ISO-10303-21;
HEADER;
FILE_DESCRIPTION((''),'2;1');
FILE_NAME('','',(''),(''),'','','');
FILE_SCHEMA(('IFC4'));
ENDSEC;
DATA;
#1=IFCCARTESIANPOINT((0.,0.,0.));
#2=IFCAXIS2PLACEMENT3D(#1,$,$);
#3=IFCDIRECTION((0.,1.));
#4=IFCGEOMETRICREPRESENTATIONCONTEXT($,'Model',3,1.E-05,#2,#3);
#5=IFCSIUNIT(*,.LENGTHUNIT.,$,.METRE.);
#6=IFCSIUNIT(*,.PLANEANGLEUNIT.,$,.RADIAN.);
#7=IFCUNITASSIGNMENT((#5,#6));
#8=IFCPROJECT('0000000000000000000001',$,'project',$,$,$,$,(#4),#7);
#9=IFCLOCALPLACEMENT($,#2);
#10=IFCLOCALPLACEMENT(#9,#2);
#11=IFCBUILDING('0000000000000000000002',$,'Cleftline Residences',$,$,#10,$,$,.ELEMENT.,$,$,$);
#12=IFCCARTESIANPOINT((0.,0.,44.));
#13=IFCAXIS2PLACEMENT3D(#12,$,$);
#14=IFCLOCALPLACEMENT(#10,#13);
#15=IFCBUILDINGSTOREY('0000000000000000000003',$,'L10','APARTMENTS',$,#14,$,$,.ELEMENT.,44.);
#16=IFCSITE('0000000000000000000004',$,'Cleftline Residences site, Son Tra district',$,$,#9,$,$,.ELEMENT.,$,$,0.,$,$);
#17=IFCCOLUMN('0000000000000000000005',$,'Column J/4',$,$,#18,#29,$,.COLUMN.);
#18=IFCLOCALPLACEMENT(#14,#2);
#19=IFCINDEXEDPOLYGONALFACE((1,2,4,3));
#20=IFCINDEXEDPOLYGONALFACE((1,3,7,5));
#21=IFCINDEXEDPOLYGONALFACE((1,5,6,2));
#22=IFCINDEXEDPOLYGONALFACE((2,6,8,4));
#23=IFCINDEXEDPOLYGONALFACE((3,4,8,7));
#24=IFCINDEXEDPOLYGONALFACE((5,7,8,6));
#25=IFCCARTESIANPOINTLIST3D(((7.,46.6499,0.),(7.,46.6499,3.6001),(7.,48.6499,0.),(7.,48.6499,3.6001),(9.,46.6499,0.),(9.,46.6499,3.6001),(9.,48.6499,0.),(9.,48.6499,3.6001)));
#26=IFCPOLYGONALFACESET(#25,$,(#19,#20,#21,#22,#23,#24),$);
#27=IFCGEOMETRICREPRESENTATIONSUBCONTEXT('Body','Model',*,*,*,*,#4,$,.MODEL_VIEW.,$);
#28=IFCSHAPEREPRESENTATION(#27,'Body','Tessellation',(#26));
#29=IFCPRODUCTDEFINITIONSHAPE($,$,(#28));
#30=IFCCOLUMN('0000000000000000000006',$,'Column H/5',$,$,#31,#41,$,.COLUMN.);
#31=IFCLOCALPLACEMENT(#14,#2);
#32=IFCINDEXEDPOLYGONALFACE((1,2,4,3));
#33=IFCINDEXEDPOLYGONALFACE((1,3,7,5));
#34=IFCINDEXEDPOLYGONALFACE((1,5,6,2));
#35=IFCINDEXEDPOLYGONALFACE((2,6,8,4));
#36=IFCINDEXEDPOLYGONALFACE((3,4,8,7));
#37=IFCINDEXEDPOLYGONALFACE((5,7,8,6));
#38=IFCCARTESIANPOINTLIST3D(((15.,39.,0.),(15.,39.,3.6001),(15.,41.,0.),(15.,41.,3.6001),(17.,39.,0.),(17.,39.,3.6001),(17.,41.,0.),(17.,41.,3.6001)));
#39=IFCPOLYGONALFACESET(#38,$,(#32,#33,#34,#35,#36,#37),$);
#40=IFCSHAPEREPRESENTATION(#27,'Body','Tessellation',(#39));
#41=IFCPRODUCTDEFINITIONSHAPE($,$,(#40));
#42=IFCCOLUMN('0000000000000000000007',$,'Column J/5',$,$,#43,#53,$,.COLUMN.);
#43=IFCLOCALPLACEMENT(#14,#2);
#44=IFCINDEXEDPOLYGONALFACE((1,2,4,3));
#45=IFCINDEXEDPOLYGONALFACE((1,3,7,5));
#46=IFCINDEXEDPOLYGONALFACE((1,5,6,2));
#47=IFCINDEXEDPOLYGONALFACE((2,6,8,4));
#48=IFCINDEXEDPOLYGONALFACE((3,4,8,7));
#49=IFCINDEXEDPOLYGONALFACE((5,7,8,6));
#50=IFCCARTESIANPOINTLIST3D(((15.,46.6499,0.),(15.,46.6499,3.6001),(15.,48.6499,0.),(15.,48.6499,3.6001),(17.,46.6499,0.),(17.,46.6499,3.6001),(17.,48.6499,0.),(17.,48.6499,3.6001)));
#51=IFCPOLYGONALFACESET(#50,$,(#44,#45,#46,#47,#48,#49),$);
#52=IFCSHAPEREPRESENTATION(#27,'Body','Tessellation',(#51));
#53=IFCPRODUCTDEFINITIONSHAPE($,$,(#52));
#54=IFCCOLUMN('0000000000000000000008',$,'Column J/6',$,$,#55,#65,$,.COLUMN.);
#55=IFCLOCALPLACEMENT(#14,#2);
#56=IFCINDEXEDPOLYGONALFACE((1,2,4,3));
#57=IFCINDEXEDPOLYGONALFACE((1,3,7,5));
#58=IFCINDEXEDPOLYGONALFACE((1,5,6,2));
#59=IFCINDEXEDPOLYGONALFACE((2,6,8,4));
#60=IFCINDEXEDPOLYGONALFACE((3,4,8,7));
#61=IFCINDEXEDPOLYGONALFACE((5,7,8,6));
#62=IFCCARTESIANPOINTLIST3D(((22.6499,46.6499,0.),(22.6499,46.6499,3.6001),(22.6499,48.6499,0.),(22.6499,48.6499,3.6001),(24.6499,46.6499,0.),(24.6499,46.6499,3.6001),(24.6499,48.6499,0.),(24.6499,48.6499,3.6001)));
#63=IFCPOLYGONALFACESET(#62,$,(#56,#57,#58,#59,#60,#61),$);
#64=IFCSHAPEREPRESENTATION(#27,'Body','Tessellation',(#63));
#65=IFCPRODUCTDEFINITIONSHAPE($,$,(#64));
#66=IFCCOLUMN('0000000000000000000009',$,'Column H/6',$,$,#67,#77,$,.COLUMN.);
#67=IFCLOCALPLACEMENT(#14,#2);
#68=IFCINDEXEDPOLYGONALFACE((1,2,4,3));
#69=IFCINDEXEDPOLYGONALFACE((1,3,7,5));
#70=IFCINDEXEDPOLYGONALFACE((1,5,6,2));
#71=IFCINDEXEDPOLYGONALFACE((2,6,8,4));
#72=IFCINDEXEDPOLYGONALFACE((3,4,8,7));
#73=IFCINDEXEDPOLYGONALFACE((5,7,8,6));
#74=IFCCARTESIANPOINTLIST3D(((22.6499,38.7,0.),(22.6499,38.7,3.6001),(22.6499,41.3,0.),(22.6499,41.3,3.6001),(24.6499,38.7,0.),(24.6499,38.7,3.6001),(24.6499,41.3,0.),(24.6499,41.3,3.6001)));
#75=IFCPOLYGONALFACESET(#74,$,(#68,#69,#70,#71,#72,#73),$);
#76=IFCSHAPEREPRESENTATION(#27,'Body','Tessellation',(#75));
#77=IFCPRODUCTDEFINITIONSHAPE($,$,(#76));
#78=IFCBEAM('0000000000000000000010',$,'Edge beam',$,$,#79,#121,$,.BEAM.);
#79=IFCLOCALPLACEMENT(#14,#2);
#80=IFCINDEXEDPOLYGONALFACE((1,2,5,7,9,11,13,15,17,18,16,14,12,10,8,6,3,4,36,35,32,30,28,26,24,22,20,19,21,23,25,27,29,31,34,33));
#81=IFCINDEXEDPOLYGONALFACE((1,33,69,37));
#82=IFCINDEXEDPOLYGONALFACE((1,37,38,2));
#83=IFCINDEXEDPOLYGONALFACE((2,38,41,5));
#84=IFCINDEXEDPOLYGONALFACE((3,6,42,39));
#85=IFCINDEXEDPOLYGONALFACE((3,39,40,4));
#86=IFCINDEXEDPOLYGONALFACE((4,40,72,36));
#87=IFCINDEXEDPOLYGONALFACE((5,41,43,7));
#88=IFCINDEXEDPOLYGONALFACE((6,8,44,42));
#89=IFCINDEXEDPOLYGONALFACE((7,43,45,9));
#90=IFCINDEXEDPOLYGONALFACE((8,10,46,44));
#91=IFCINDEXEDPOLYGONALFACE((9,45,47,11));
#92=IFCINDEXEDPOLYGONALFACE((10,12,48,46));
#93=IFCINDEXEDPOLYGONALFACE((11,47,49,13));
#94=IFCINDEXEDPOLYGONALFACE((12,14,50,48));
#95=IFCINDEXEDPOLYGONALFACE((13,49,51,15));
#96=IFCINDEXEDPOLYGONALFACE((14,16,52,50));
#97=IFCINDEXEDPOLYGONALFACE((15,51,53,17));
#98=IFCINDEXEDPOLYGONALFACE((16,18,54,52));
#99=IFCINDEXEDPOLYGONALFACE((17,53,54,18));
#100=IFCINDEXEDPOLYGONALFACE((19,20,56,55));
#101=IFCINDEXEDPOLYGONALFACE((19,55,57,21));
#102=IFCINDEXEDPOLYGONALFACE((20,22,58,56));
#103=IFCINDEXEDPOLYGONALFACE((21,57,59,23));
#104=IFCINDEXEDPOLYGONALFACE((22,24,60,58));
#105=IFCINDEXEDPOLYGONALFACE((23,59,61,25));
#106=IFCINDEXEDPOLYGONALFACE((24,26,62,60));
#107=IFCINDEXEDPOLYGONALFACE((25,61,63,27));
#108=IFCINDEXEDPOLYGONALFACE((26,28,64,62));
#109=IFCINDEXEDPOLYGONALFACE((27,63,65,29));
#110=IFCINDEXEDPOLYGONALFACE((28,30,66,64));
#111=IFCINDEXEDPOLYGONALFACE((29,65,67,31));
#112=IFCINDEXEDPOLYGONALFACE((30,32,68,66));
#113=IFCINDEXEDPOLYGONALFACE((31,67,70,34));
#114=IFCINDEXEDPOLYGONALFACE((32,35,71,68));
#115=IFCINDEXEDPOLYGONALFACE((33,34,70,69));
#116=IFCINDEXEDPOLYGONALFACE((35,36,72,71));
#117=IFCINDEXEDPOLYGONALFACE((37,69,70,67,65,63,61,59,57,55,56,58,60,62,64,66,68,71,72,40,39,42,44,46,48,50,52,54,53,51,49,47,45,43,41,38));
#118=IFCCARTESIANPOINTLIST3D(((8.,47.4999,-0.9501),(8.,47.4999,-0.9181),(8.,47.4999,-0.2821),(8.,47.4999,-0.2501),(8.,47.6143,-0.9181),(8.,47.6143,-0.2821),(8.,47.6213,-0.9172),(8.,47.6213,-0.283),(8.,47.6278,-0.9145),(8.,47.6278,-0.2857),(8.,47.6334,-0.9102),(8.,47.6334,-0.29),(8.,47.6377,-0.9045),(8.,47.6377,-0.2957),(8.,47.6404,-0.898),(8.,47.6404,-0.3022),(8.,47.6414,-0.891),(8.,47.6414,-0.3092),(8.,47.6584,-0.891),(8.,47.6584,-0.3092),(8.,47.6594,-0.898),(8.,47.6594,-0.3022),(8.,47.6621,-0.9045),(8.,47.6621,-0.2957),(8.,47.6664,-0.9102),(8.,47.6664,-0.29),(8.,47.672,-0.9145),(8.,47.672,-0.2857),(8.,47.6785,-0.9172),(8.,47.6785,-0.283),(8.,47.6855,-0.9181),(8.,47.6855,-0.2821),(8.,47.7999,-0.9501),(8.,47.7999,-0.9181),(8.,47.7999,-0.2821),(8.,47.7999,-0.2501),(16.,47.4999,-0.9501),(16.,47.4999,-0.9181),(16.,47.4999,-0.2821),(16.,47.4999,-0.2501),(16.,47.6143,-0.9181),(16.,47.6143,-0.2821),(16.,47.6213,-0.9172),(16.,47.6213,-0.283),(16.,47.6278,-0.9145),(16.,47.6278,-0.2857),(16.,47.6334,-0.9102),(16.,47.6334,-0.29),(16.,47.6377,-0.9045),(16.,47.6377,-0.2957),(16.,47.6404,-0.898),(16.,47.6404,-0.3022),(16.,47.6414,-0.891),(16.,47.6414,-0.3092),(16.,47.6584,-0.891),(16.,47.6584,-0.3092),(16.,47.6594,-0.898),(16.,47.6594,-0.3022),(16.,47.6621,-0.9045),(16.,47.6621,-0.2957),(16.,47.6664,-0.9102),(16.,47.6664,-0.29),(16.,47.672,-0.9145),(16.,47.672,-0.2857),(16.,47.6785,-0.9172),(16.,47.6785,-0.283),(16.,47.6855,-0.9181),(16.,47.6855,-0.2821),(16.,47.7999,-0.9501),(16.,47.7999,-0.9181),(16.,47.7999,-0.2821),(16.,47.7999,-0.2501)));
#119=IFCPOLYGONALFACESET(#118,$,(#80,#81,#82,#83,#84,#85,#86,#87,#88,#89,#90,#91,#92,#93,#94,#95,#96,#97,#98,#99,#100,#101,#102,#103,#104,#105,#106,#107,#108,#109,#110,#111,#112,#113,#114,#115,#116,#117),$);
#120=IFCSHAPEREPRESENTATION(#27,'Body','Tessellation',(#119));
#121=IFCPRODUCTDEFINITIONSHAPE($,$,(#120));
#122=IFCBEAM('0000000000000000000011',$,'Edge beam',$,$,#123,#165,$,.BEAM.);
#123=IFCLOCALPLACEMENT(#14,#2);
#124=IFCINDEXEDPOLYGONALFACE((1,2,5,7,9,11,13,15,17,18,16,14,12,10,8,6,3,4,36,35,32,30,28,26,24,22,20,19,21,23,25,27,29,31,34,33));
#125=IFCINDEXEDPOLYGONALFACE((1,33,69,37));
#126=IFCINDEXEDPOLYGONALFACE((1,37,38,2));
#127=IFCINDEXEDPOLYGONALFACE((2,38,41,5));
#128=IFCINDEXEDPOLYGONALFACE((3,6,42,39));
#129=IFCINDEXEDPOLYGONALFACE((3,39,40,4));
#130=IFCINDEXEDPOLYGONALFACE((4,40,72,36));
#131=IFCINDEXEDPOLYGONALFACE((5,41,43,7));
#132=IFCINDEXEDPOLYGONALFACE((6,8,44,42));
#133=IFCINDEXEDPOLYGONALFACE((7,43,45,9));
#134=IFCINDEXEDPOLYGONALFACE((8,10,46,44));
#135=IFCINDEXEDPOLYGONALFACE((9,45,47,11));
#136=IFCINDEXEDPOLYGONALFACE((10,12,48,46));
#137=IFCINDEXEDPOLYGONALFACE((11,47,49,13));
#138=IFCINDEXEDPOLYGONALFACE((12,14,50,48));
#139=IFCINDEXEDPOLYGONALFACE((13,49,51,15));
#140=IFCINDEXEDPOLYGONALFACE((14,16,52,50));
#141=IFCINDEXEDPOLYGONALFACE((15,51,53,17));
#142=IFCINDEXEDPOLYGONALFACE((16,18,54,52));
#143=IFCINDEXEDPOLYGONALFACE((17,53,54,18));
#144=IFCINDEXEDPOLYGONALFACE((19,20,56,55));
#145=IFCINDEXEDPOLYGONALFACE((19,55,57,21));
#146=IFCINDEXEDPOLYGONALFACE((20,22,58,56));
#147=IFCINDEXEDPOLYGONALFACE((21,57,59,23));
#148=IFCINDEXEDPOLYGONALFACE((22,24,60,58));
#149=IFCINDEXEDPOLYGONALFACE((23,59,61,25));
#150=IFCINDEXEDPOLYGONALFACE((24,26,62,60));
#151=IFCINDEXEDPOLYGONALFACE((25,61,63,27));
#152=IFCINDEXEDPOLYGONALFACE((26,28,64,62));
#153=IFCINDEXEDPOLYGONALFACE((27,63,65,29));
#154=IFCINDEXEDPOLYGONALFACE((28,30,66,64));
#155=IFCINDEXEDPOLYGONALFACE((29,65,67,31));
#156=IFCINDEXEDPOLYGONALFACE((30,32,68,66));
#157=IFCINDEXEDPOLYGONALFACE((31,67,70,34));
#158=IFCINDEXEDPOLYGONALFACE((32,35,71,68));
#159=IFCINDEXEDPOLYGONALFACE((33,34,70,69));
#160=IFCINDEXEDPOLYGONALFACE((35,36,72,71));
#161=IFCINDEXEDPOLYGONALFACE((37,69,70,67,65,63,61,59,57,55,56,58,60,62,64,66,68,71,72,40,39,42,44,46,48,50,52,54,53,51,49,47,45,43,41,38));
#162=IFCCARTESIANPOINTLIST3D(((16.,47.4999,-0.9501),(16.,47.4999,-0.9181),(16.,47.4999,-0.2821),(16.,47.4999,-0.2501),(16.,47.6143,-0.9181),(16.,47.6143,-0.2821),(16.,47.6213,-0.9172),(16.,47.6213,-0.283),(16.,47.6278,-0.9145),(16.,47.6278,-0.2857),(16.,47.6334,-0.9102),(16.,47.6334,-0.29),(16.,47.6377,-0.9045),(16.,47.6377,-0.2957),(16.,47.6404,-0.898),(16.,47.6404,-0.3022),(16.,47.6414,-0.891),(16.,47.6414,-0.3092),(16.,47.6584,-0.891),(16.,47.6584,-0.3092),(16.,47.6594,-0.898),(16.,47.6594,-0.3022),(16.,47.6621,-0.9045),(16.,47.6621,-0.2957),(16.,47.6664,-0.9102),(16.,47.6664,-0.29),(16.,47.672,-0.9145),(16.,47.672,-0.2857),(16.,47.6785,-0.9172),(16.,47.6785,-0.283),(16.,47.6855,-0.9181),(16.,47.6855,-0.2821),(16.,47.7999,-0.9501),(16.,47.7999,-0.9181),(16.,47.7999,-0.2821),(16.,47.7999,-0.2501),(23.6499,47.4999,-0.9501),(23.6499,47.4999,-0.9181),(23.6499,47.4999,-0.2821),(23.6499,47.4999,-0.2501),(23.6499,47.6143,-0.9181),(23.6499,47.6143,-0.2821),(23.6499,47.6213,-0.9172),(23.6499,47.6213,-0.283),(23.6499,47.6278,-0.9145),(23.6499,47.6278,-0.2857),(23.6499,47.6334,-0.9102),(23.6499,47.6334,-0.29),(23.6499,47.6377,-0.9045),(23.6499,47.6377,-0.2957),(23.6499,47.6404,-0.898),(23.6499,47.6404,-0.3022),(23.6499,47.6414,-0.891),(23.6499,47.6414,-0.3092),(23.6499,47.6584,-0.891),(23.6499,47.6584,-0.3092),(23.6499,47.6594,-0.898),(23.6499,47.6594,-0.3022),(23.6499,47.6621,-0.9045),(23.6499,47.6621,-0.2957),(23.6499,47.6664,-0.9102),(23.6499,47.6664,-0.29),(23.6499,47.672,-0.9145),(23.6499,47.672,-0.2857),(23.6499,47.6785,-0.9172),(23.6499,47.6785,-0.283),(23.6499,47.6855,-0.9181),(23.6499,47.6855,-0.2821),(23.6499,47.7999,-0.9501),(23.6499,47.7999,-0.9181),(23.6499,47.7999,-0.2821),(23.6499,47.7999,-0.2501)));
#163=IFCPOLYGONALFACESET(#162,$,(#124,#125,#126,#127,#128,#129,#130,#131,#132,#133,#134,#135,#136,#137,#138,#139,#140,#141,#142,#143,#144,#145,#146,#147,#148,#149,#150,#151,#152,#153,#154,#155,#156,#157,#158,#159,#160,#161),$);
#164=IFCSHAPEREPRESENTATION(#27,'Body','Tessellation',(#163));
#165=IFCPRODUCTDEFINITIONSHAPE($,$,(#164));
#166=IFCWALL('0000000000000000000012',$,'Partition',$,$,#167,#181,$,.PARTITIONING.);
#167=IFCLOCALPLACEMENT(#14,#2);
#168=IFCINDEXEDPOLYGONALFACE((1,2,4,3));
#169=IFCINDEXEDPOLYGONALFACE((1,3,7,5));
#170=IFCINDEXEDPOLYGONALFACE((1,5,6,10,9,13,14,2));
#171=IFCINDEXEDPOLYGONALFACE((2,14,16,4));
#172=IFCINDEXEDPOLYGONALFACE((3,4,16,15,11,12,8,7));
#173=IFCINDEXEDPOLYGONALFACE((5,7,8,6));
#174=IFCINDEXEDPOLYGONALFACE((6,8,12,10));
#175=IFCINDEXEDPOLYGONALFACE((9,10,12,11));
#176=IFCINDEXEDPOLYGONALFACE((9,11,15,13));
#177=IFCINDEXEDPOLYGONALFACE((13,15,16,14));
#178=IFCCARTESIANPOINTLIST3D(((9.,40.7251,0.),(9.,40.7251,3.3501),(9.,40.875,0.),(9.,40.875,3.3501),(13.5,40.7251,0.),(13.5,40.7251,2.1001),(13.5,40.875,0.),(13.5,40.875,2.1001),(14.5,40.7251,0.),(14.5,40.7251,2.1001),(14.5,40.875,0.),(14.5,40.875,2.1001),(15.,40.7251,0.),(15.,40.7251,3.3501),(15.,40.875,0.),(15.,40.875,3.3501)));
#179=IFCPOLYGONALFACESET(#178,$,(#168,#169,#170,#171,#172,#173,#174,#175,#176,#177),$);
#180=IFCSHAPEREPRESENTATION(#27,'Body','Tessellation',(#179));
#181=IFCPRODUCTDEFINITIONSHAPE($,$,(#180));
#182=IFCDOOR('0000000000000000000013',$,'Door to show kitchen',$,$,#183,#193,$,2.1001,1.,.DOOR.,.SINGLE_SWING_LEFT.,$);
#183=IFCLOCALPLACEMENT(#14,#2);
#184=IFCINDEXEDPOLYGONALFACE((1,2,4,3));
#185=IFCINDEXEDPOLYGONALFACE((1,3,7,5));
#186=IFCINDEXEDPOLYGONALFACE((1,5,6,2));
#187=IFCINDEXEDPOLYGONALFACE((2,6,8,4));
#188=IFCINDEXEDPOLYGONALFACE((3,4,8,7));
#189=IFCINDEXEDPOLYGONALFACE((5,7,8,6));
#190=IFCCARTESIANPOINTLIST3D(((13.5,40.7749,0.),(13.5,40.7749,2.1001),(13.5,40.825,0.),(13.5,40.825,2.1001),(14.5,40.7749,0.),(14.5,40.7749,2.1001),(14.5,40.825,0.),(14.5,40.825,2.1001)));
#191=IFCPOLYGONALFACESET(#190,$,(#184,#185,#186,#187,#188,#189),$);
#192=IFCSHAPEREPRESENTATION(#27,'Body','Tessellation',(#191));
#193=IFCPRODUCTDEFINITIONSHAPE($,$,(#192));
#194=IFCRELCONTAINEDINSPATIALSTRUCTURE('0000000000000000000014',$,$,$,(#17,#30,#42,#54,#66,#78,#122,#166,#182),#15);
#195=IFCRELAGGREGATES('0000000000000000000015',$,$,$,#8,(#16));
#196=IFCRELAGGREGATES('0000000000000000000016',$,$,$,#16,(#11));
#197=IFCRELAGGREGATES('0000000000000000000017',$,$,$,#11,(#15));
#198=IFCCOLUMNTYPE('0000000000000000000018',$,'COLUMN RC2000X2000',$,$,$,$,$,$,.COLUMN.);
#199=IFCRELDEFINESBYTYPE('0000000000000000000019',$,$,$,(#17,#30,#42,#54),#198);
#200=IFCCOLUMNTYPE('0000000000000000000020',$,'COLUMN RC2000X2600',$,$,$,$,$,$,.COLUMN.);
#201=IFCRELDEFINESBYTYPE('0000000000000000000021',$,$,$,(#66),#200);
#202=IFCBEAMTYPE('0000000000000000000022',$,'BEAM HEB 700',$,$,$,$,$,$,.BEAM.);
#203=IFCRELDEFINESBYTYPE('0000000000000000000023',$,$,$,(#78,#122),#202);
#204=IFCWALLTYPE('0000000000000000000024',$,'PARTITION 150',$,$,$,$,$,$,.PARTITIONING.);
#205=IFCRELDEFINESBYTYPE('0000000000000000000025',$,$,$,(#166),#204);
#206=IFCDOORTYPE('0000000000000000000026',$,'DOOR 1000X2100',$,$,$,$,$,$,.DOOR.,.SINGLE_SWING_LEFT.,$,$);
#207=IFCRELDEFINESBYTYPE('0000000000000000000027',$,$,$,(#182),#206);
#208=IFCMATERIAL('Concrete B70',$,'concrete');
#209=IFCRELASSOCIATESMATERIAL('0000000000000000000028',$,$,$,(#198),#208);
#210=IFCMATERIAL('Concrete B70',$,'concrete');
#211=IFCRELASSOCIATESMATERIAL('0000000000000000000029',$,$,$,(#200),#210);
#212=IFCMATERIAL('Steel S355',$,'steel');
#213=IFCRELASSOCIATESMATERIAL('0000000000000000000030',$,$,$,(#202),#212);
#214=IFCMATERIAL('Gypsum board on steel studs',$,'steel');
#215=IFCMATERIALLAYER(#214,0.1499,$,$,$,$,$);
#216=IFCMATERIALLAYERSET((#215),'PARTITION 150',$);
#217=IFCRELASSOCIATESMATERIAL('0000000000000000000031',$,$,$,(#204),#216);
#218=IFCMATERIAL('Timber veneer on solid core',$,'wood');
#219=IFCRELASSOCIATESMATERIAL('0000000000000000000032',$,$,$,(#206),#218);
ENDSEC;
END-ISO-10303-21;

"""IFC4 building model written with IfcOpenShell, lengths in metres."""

from ifc_helpers import new_model, si_unit, direction, frame, frame_2d, origin, origin_2d, place, context, subcontext, project, spatial, rectangle, i_section, extrude, material, layer, layer_set, material_profile, profile_set, type_object, element, fill, save


model = new_model("IFC4")

# Units and contexts
model_context = context("Model", 3, precision=1e-05, world=origin(), true_north=direction((0.0, 1.0)))
body_context = subcontext(model_context, "Body", "Model", "MODEL_VIEW")
ifc_project = project(units=[si_unit("LENGTHUNIT", "METRE"), si_unit("PLANEANGLEUNIT", "RADIAN")], contexts=[model_context])

# Site, building, storey
site_placement = place(None, origin())
site = spatial("IfcSite", under=ifc_project, at=site_placement, Name="Cleftline Residences site, Son Tra district", CompositionType="ELEMENT", RefElevation=0.0)
building_placement = place(site_placement, origin())
building = spatial("IfcBuilding", under=site, at=building_placement, Name="Cleftline Residences", CompositionType="ELEMENT")
storey_placement = place(building_placement, frame((0.0, 0.0, 44.0)))
storey = spatial("IfcBuildingStorey", under=building, at=storey_placement, Name="L10", Description="APARTMENTS", CompositionType="ELEMENT", Elevation=44.0)

# Columns
ifc_material_1 = material(Name="Concrete B70", Category="concrete")
ifc_material_profile_1 = material_profile(ifc_material_1, rectangle(XDim=2.0, YDim=2.0, at=origin_2d()))
ifc_profile_set_1 = profile_set([ifc_material_profile_1], Name="Concrete B70")
column_type_1 = type_object("IfcColumnType", Name="COLUMN RC2000X2000", PredefinedType="COLUMN", material=ifc_profile_set_1)
for number, where, z_axis, x_axis, name in (
    (1, (8.0, 47.6499, 0.0), (0.0, 0.0, 1.0), (1.0, 0.0, 0.0), "Column J/4"),
    (2, (16.0, 40.0, 0.0), (0.0, 0.0, 1.0), (1.0, 0.0, 0.0), "Column H/5"),
    (3, (16.0, 47.6499, 0.0), (0.0, 0.0, 1.0), (1.0, 0.0, 0.0), "Column J/5"),
    (4, (23.6499, 47.6499, 0.0), (0.0, 0.0, 1.0), (1.0, 0.0, 0.0), "Column J/6"),
):
    element("IfcColumn", number, at=place(storey_placement, frame(where, z_axis=z_axis, x_axis=x_axis)), inside=storey, type_object=column_type_1, Name=name, PredefinedType="COLUMN", context=body_context, shape_type="SweptSolid", body=[
        extrude(rectangle(XDim=2.0, YDim=2.0, at=origin_2d()), origin(), (0.0, 0.0, 1.0), 3.6001),
    ])
ifc_material_2 = material(Name="Concrete B70", Category="concrete")
ifc_material_profile_2 = material_profile(ifc_material_2, rectangle(XDim=2.0, YDim=2.6001, at=origin_2d()))
ifc_profile_set_2 = profile_set([ifc_material_profile_2], Name="Concrete B70")
column_type_2 = type_object("IfcColumnType", Name="COLUMN RC2000X2600", PredefinedType="COLUMN", material=ifc_profile_set_2)
column_placement = place(storey_placement, frame((23.6499, 40.0, 0.0), z_axis=(0.0, 0.0, 1.0), x_axis=(1.0, 0.0, 0.0)))
element("IfcColumn", 5, at=column_placement, inside=storey, type_object=column_type_2, Name="Column H/6", PredefinedType="COLUMN", context=body_context, shape_type="SweptSolid", body=[
    extrude(rectangle(XDim=2.0, YDim=2.6001, at=origin_2d()), origin(), (0.0, 0.0, 1.0), 3.6001),
])

# Beams
ifc_material_3 = material(Name="Steel S355", Category="steel")
ifc_material_profile_3 = material_profile(ifc_material_3, i_section(OverallWidth=0.3, OverallDepth=0.7, WebThickness=0.0171, FlangeThickness=0.032, FilletRadius=0.0271, at=origin_2d()))
ifc_profile_set_3 = profile_set([ifc_material_profile_3], Name="Steel S355")
beam_type = type_object("IfcBeamType", Name="BEAM HEB 700", PredefinedType="BEAM", material=ifc_profile_set_3)
beam_1_placement = place(storey_placement, frame((8.0, 47.6499, -0.6001), z_axis=(1.0, 0.0, 0.0), x_axis=(0.0, 1.0, 0.0)))
element("IfcBeam", 6, at=beam_1_placement, inside=storey, type_object=beam_type, Name="Edge beam", PredefinedType="BEAM", context=body_context, shape_type="SweptSolid", body=[
    extrude(i_section(OverallWidth=0.3, OverallDepth=0.7, WebThickness=0.0171, FlangeThickness=0.032, FilletRadius=0.0271, at=origin_2d()), origin(), (0.0, 0.0, 1.0), 8.0),
])
beam_2_placement = place(storey_placement, frame((16.0, 47.6499, -0.6001), z_axis=(1.0, 0.0, 0.0), x_axis=(0.0, 1.0, 0.0)))
element("IfcBeam", 7, at=beam_2_placement, inside=storey, type_object=beam_type, Name="Edge beam", PredefinedType="BEAM", context=body_context, shape_type="SweptSolid", body=[
    extrude(i_section(OverallWidth=0.3, OverallDepth=0.7, WebThickness=0.0171, FlangeThickness=0.032, FilletRadius=0.0271, at=origin_2d()), origin(), (0.0, 0.0, 1.0), 7.6499),
])

# Wall, opening, door
ifc_material_4 = material(Name="Gypsum board on steel studs", Category="steel")
ifc_layer = layer(ifc_material_4, 0.1499)
ifc_layer_set = layer_set([ifc_layer], Name="PARTITION 150")
wall_type = type_object("IfcWallType", Name="PARTITION 150", PredefinedType="PARTITIONING", material=ifc_layer_set)
wall_1_placement = place(storey_placement, frame((9.0, 40.8, 0.0), z_axis=(0.0, 0.0, 1.0), x_axis=(1.0, 0.0, 0.0)))
wall_1 = element("IfcWall", 8, at=wall_1_placement, inside=storey, type_object=wall_type, Name="Partition", PredefinedType="PARTITIONING", context=body_context, shape_type="SweptSolid", body=[
    extrude(rectangle(XDim=6.0, YDim=0.1499, at=frame_2d((3.0, 0.0))), origin(), (0.0, 0.0, 1.0), 3.3501),
])
opening_1_placement = place(wall_1_placement, frame((4.5, 0.0, 0.0)))
opening_1 = element("IfcOpeningElement", 9, at=opening_1_placement, cuts=wall_1, PredefinedType="OPENING", context=body_context, shape_type="SweptSolid", body=[
    extrude(rectangle(XDim=1.0, YDim=2.1001, at=frame_2d((0.5, 1.05))), frame((0.0, 0.085, 0.0), z_axis=(0.0, -1.0, 0.0), x_axis=(1.0, 0.0, 0.0)), (0.0, 0.0, 1.0), 0.1699),
])
ifc_material_5 = material(Name="Timber veneer on solid core", Category="wood")
door_type_1 = type_object("IfcDoorType", Name="DOOR 1000X2100", OperationType="SINGLE_SWING_LEFT", PredefinedType="DOOR", material=ifc_material_5)
door_1_placement = place(opening_1_placement, origin())
door_1 = element("IfcDoor", 10, at=door_1_placement, inside=storey, type_object=door_type_1, Name="Door to show kitchen", OperationType="SINGLE_SWING_LEFT", OverallHeight=2.1001, OverallWidth=1.0, PredefinedType="DOOR", context=body_context, shape_type="SweptSolid", body=[
    extrude(rectangle(XDim=1.0, YDim=2.1001, at=frame_2d((0.5, 1.05))), frame((0.0, 0.0249, 0.0), z_axis=(0.0, -1.0, 0.0), x_axis=(1.0, 0.0, 0.0)), (0.0, 0.0, 1.0), 0.05),
])
fill(opening_1, door_1)

save(model, "model.ifc")
